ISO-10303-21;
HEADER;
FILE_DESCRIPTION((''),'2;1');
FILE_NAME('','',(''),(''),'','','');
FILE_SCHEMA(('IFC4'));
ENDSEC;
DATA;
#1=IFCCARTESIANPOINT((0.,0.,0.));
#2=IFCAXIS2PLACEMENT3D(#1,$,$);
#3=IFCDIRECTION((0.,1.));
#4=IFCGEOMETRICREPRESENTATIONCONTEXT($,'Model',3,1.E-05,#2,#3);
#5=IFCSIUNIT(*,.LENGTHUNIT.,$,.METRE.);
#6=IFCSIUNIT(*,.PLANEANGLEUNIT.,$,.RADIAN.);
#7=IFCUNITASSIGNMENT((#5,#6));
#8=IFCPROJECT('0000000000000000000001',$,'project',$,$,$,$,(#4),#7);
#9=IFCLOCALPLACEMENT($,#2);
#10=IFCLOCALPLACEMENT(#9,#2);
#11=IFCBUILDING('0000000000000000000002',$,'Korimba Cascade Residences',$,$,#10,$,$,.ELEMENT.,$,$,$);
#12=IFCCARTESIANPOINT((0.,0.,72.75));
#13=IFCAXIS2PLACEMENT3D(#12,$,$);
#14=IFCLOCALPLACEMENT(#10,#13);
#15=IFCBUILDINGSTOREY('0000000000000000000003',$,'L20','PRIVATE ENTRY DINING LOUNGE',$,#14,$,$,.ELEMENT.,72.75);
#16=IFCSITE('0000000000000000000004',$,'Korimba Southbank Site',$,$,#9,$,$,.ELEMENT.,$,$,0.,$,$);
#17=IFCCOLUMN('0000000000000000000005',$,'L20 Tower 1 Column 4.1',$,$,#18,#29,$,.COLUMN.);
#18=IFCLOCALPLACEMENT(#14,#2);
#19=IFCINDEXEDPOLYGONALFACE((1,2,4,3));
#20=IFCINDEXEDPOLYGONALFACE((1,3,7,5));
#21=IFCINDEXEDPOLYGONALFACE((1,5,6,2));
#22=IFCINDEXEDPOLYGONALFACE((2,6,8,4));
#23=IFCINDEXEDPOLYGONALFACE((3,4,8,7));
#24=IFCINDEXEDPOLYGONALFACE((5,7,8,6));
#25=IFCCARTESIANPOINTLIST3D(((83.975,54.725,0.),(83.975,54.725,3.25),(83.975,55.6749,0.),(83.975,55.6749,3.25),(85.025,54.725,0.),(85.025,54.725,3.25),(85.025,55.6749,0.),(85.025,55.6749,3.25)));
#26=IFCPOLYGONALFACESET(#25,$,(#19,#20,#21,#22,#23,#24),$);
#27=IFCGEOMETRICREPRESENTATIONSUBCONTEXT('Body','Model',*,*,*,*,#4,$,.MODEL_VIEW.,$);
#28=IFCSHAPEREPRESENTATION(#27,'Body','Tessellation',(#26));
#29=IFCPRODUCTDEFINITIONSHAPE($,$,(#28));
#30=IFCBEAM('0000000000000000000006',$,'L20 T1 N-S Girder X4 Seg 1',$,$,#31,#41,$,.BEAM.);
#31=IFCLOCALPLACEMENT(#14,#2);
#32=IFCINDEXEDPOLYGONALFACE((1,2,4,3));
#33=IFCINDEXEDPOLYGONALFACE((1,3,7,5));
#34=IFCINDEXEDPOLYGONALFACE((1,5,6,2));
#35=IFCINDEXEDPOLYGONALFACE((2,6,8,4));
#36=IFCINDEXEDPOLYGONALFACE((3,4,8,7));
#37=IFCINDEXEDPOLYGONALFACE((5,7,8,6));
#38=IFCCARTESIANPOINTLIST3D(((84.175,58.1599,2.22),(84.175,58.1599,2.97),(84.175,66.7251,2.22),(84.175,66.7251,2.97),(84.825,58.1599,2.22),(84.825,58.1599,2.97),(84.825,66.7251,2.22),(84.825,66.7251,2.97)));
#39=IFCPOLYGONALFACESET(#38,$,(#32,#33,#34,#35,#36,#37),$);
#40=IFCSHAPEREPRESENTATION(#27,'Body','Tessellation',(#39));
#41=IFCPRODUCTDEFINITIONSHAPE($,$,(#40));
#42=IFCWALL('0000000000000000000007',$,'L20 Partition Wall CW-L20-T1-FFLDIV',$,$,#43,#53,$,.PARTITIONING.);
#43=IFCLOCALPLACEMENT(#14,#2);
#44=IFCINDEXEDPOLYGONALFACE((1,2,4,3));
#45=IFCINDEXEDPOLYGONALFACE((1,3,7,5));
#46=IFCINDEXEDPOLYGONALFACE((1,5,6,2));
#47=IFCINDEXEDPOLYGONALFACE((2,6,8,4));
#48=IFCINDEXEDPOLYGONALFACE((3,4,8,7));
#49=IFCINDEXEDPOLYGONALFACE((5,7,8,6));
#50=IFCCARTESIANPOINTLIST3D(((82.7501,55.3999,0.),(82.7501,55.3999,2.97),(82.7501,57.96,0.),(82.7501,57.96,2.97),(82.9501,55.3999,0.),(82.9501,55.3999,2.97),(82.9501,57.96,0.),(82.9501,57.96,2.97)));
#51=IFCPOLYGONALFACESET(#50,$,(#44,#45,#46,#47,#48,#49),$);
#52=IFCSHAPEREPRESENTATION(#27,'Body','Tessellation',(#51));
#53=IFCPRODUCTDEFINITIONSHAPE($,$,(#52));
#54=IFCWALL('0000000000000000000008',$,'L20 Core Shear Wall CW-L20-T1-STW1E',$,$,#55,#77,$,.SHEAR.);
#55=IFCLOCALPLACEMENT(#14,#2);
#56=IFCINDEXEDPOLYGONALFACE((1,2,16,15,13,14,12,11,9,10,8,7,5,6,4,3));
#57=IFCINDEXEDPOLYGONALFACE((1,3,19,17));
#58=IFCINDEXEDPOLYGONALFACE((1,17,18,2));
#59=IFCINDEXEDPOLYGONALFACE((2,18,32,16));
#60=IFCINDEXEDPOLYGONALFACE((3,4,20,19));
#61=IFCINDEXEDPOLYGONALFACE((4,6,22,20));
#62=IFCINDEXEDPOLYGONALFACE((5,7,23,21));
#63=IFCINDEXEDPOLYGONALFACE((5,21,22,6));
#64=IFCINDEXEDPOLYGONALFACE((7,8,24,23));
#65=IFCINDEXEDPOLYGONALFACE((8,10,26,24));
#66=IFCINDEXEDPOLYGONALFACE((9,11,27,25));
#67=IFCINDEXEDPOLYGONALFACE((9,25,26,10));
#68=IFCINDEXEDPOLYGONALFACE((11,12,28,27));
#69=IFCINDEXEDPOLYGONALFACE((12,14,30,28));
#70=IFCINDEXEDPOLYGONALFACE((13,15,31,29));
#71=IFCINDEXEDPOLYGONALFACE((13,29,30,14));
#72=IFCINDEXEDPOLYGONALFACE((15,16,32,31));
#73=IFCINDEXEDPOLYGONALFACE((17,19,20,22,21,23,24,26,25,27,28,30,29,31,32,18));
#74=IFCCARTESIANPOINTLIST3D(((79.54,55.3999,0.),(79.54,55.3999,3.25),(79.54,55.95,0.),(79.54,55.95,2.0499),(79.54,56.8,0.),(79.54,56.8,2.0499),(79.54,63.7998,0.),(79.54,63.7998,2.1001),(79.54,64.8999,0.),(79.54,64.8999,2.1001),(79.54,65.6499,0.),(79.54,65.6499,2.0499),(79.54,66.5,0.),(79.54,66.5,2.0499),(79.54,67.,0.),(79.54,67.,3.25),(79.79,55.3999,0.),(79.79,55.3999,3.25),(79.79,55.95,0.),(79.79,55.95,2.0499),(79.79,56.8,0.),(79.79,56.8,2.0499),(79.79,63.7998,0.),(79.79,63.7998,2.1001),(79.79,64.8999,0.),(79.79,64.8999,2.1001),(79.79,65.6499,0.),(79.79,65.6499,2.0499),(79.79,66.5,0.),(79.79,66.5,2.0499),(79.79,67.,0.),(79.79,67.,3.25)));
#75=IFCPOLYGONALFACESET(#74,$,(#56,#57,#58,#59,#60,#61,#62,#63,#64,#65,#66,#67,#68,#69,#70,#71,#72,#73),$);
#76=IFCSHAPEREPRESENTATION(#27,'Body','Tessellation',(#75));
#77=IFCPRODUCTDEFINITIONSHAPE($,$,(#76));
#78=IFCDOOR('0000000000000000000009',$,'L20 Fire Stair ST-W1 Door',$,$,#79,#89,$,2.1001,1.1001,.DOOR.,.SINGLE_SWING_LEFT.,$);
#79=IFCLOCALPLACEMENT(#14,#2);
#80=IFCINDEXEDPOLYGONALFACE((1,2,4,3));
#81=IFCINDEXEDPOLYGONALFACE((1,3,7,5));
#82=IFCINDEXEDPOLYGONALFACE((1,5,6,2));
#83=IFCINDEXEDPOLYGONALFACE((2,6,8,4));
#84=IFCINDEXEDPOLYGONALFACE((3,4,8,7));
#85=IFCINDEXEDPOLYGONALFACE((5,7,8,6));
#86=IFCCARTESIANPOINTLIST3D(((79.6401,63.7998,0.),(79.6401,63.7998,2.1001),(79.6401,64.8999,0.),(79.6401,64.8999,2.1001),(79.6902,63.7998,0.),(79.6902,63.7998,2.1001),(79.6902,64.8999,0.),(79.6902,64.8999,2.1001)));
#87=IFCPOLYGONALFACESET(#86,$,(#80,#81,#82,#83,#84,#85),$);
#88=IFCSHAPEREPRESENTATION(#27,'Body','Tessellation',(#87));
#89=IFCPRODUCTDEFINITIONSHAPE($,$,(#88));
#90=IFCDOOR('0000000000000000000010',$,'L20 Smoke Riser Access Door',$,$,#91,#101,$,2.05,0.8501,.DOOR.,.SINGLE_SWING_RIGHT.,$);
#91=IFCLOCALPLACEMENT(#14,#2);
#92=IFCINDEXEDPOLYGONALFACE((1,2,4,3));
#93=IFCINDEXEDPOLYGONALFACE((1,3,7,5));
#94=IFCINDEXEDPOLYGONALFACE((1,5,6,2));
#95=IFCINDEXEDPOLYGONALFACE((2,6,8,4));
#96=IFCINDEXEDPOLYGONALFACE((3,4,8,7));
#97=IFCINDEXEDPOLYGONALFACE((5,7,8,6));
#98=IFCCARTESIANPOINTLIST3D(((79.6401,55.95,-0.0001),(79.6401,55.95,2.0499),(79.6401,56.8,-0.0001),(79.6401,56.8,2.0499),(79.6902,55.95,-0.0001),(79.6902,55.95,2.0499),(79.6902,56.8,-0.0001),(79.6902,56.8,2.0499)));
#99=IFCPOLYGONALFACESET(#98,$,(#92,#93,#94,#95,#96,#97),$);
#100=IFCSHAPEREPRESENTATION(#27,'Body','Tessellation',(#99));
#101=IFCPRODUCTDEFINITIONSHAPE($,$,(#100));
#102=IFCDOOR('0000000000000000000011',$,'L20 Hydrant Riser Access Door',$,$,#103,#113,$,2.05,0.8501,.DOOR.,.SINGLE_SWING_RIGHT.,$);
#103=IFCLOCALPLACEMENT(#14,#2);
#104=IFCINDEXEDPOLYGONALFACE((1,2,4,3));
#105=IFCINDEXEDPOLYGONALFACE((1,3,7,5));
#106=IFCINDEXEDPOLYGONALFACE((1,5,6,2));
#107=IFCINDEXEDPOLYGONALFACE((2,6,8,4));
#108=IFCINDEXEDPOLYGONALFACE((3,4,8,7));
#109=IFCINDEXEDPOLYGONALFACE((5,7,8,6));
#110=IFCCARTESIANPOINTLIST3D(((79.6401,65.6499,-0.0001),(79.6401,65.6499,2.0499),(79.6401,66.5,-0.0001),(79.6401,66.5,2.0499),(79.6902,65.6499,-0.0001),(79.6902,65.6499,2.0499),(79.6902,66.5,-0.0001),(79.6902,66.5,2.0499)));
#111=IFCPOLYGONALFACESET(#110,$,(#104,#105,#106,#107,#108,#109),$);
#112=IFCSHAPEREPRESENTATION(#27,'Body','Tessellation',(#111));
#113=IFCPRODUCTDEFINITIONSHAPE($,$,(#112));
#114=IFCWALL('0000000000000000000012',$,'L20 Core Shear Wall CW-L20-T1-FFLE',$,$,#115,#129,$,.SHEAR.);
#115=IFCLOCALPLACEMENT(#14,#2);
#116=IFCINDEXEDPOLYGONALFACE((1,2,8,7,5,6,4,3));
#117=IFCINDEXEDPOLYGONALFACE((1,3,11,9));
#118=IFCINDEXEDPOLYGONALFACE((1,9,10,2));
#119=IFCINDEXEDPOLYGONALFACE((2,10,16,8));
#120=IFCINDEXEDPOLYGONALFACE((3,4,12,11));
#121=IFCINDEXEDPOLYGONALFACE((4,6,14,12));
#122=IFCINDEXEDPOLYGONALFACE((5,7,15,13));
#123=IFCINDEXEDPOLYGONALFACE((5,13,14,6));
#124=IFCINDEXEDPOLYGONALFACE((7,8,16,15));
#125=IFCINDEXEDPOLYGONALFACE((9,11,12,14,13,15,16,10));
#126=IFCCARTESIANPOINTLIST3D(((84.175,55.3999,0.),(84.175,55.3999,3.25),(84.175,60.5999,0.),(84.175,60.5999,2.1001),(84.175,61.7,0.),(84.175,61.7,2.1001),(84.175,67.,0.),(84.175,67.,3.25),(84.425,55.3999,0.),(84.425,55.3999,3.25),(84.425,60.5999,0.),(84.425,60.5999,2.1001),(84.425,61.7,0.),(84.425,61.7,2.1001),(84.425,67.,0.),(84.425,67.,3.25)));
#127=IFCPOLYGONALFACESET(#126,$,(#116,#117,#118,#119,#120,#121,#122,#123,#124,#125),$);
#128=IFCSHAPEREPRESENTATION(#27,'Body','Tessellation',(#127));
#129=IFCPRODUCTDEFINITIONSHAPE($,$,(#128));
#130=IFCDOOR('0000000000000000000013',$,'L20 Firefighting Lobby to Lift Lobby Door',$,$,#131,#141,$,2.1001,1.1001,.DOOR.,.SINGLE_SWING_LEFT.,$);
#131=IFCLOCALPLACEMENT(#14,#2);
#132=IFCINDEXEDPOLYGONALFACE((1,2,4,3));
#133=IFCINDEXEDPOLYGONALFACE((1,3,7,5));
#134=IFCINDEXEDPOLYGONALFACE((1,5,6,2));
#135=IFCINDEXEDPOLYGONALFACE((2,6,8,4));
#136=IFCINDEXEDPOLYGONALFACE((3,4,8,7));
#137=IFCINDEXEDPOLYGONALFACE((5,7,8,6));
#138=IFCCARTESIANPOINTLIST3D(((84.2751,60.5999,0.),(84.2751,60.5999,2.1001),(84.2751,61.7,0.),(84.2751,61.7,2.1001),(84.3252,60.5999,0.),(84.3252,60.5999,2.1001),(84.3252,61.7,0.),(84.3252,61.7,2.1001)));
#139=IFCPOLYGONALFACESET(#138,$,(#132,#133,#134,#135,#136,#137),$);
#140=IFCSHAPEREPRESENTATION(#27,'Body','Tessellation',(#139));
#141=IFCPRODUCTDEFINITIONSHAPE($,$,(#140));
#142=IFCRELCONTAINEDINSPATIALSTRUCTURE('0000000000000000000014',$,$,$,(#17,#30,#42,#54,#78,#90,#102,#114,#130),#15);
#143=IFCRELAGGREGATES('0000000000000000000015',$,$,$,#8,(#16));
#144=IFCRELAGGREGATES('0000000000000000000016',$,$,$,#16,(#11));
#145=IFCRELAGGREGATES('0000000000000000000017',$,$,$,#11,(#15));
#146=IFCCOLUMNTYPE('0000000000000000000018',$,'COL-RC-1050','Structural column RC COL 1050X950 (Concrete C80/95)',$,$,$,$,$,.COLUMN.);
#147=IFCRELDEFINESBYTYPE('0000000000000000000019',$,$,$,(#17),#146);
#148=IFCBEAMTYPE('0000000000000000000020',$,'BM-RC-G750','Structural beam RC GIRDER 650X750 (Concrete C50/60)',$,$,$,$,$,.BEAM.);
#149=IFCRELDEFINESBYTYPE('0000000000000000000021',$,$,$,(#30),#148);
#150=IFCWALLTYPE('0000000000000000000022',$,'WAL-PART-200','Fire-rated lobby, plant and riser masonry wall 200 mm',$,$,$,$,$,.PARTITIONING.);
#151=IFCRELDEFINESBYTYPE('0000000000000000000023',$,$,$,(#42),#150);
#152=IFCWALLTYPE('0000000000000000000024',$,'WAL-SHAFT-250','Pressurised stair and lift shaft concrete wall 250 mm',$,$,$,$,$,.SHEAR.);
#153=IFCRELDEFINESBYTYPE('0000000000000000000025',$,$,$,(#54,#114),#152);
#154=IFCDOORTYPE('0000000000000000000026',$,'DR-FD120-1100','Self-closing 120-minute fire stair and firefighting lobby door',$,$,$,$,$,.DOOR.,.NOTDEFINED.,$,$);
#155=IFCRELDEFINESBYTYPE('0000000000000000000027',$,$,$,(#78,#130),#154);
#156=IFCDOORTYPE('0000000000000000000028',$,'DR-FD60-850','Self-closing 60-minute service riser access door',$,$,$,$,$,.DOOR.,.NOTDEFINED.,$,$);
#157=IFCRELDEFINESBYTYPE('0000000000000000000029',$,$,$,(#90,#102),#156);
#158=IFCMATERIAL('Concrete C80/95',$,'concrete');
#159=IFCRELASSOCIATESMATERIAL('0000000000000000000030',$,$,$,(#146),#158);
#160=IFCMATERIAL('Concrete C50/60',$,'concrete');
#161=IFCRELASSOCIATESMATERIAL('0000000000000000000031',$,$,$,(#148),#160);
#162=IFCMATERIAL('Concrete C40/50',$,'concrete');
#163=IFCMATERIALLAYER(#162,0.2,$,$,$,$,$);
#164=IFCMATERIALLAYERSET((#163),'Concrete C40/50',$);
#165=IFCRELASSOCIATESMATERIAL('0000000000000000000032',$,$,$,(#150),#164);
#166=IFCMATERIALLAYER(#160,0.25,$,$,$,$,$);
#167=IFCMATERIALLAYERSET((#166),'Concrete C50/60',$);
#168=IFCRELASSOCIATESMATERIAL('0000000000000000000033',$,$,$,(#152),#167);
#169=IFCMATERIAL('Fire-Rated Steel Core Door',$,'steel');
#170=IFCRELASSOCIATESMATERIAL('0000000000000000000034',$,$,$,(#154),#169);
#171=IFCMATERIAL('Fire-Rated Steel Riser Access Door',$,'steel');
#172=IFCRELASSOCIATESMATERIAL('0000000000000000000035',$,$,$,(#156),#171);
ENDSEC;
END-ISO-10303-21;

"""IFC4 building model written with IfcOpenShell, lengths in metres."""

from ifc_helpers import new_model, si_unit, direction, frame, frame_2d, origin, origin_2d, place, context, subcontext, project, spatial, rectangle, extrude, material, layer, layer_set, material_profile, profile_set, type_object, element, fill, save


model = new_model("IFC4")

# Units and contexts
model_context = context("Model", 3, precision=1e-05, world=origin(), true_north=direction((0.0, 1.0)))
body_context = subcontext(model_context, "Body", "Model", "MODEL_VIEW")
ifc_project = project(units=[si_unit("LENGTHUNIT", "METRE"), si_unit("PLANEANGLEUNIT", "RADIAN")], contexts=[model_context])

# Site, building, storey
site_placement = place(None, origin())
site = spatial("IfcSite", under=ifc_project, at=site_placement, Name="Korimba Southbank Site", CompositionType="ELEMENT", RefElevation=0.0)
building_placement = place(site_placement, origin())
building = spatial("IfcBuilding", under=site, at=building_placement, Name="Korimba Cascade Residences", CompositionType="ELEMENT")
storey_placement = place(building_placement, frame((0.0, 0.0, 72.75)))
storey = spatial("IfcBuildingStorey", under=building, at=storey_placement, Name="L20", Description="PRIVATE ENTRY DINING LOUNGE", CompositionType="ELEMENT", Elevation=72.75)

# Column
ifc_material_1 = material(Name="Concrete C80/95", Category="concrete")
ifc_material_profile_1 = material_profile(ifc_material_1, rectangle(XDim=1.05, YDim=0.95, at=origin_2d()), Name="Concrete C80/95")
ifc_profile_set_1 = profile_set([ifc_material_profile_1], Name="Concrete C80/95")
column_type = type_object("IfcColumnType", Name="COL-RC-1050", Description="Structural column RC COL 1050X950 (Concrete C80/95)", PredefinedType="COLUMN", material=ifc_profile_set_1)
column_placement = place(storey_placement, frame((84.5, 55.2, 0.0), z_axis=(0.0, 0.0, 1.0), x_axis=(1.0, 0.0, 0.0)))
element("IfcColumn", 1, at=column_placement, inside=storey, type_object=column_type, Name="L20 Tower 1 Column 4.1", PredefinedType="COLUMN", context=body_context, shape_type="SweptSolid", body=[
    extrude(rectangle(XDim=1.05, YDim=0.95, at=origin_2d()), origin(), (0.0, 0.0, 1.0), 3.25),
])

# Beam
ifc_material_2 = material(Name="Concrete C50/60", Category="concrete")
ifc_material_profile_2 = material_profile(ifc_material_2, rectangle(XDim=0.6499, YDim=0.75, at=origin_2d()), Name="Concrete C50/60")
ifc_profile_set_2 = profile_set([ifc_material_profile_2], Name="Concrete C50/60")
beam_type = type_object("IfcBeamType", Name="BM-RC-G750", Description="Structural beam RC GIRDER 650X750 (Concrete C50/60)", PredefinedType="BEAM", material=ifc_profile_set_2)
beam_placement = place(storey_placement, frame((84.5, 58.1599, 2.595), z_axis=(0.0, 1.0, 0.0), x_axis=(-1.0, 0.0, 0.0)))
element("IfcBeam", 2, at=beam_placement, inside=storey, type_object=beam_type, Name="L20 T1 N-S Girder X4 Seg 1", PredefinedType="BEAM", context=body_context, shape_type="SweptSolid", body=[
    extrude(rectangle(XDim=0.6499, YDim=0.75, at=origin_2d()), origin(), (0.0, 0.0, 1.0), 8.5652),
])

# Wall
ifc_material_3 = material(Name="Concrete C40/50", Category="concrete")
ifc_layer_1 = layer(ifc_material_3, 0.2)
ifc_layer_set_1 = layer_set([ifc_layer_1], Name="Concrete C40/50")
wall_type_1 = type_object("IfcWallType", Name="WAL-PART-200", Description="Fire-rated lobby, plant and riser masonry wall 200 mm", PredefinedType="PARTITIONING", material=ifc_layer_set_1)
wall_1_placement = place(storey_placement, frame((82.8501, 55.3999, 0.0), z_axis=(0.0, 0.0, 1.0), x_axis=(0.0, 1.0, 0.0)))
element("IfcWall", 3, at=wall_1_placement, inside=storey, type_object=wall_type_1, Name="L20 Partition Wall CW-L20-T1-FFLDIV", PredefinedType="PARTITIONING", context=body_context, shape_type="SweptSolid", body=[
    extrude(rectangle(XDim=2.5601, YDim=0.2, at=frame_2d((1.28, 0.0))), origin(), (0.0, 0.0, 1.0), 2.97),
])

# Wall, openings, doors
ifc_layer_2 = layer(ifc_material_2, 0.25)
ifc_layer_set_2 = layer_set([ifc_layer_2], Name="Concrete C50/60")
wall_type_2 = type_object("IfcWallType", Name="WAL-SHAFT-250", Description="Pressurised stair and lift shaft concrete wall 250 mm", PredefinedType="SHEAR", material=ifc_layer_set_2)
wall_2_placement = place(storey_placement, frame((79.665, 55.3999, 0.0), z_axis=(0.0, 0.0, 1.0), x_axis=(0.0, 1.0, 0.0)))
wall_2 = element("IfcWall", 4, at=wall_2_placement, inside=storey, type_object=wall_type_2, Name="L20 Core Shear Wall CW-L20-T1-STW1E", PredefinedType="SHEAR", context=body_context, shape_type="SweptSolid", body=[
    extrude(rectangle(XDim=11.6001, YDim=0.25, at=frame_2d((5.8, 0.0))), origin(), (0.0, 0.0, 1.0), 3.25),
])
opening_1_placement = place(wall_2_placement, frame((0.55, 0.0, 0.0)))
opening_1 = element("IfcOpeningElement", 5, at=opening_1_placement, cuts=wall_2, PredefinedType="OPENING", context=body_context, shape_type="SweptSolid", body=[
    extrude(rectangle(XDim=0.8501, YDim=2.05, at=frame_2d((0.425, 1.0249))), frame((0.0, 0.135, 0.0), z_axis=(0.0, -1.0, 0.0), x_axis=(1.0, 0.0, 0.0)), (0.0, 0.0, 1.0), 0.27),
])
opening_2_placement = place(wall_2_placement, frame((8.3999, 0.0, 0.0)))
opening_2 = element("IfcOpeningElement", 6, at=opening_2_placement, cuts=wall_2, PredefinedType="OPENING", context=body_context, shape_type="SweptSolid", body=[
    extrude(rectangle(XDim=1.1001, YDim=2.1001, at=frame_2d((0.55, 1.05))), frame((0.0, 0.135, 0.0), z_axis=(0.0, -1.0, 0.0), x_axis=(1.0, 0.0, 0.0)), (0.0, 0.0, 1.0), 0.27),
])
opening_3_placement = place(wall_2_placement, frame((10.25, 0.0, 0.0)))
opening_3 = element("IfcOpeningElement", 7, at=opening_3_placement, cuts=wall_2, PredefinedType="OPENING", context=body_context, shape_type="SweptSolid", body=[
    extrude(rectangle(XDim=0.8501, YDim=2.05, at=frame_2d((0.425, 1.0249))), frame((0.0, 0.135, 0.0), z_axis=(0.0, -1.0, 0.0), x_axis=(1.0, 0.0, 0.0)), (0.0, 0.0, 1.0), 0.27),
])
ifc_material_4 = material(Name="Fire-Rated Steel Core Door", Category="steel")
door_type_1 = type_object("IfcDoorType", Name="DR-FD120-1100", Description="Self-closing 120-minute fire stair and firefighting lobby door", OperationType="NOTDEFINED", PredefinedType="DOOR", material=ifc_material_4)
door_1_placement = place(opening_2_placement, origin())
door_1 = element("IfcDoor", 8, at=door_1_placement, inside=storey, type_object=door_type_1, Name="L20 Fire Stair ST-W1 Door", OperationType="SINGLE_SWING_LEFT", OverallHeight=2.1001, OverallWidth=1.1001, PredefinedType="DOOR", context=body_context, shape_type="SweptSolid", body=[
    extrude(rectangle(XDim=1.1001, YDim=2.1001, at=frame_2d((0.55, 1.05))), frame((0.0, 0.0249, 0.0), z_axis=(0.0, -1.0, 0.0), x_axis=(1.0, 0.0, 0.0)), (0.0, 0.0, 1.0), 0.05),
])
fill(opening_2, door_1)
ifc_material_5 = material(Name="Fire-Rated Steel Riser Access Door", Category="steel")
door_type_2 = type_object("IfcDoorType", Name="DR-FD60-850", Description="Self-closing 60-minute service riser access door", OperationType="NOTDEFINED", PredefinedType="DOOR", material=ifc_material_5)
door_2_placement = place(opening_1_placement, origin())
door_2 = element("IfcDoor", 9, at=door_2_placement, inside=storey, type_object=door_type_2, Name="L20 Smoke Riser Access Door", OperationType="SINGLE_SWING_RIGHT", OverallHeight=2.05, OverallWidth=0.8501, PredefinedType="DOOR", context=body_context, shape_type="SweptSolid", body=[
    extrude(rectangle(XDim=0.8501, YDim=2.05, at=frame_2d((0.425, 1.0249))), frame((0.0, 0.0249, 0.0), z_axis=(0.0, -1.0, 0.0), x_axis=(1.0, 0.0, 0.0)), (0.0, 0.0, 1.0), 0.05),
])
fill(opening_1, door_2)
door_3_placement = place(opening_3_placement, origin())
door_3 = element("IfcDoor", 10, at=door_3_placement, inside=storey, type_object=door_type_2, Name="L20 Hydrant Riser Access Door", OperationType="SINGLE_SWING_RIGHT", OverallHeight=2.05, OverallWidth=0.8501, PredefinedType="DOOR", context=body_context, shape_type="SweptSolid", body=[
    extrude(rectangle(XDim=0.8501, YDim=2.05, at=frame_2d((0.425, 1.0249))), frame((0.0, 0.0249, 0.0), z_axis=(0.0, -1.0, 0.0), x_axis=(1.0, 0.0, 0.0)), (0.0, 0.0, 1.0), 0.05),
])
fill(opening_3, door_3)

# Wall, opening, door
wall_3_placement = place(storey_placement, frame((84.3, 55.3999, 0.0), z_axis=(0.0, 0.0, 1.0), x_axis=(0.0, 1.0, 0.0)))
wall_3 = element("IfcWall", 11, at=wall_3_placement, inside=storey, type_object=wall_type_2, Name="L20 Core Shear Wall CW-L20-T1-FFLE", PredefinedType="SHEAR", context=body_context, shape_type="SweptSolid", body=[
    extrude(rectangle(XDim=11.6001, YDim=0.25, at=frame_2d((5.8, 0.0))), origin(), (0.0, 0.0, 1.0), 3.25),
])
opening_4_placement = place(wall_3_placement, frame((5.2, 0.0, 0.0)))
opening_4 = element("IfcOpeningElement", 12, at=opening_4_placement, cuts=wall_3, PredefinedType="OPENING", context=body_context, shape_type="SweptSolid", body=[
    extrude(rectangle(XDim=1.1001, YDim=2.1001, at=frame_2d((0.55, 1.05))), frame((0.0, 0.135, 0.0), z_axis=(0.0, -1.0, 0.0), x_axis=(1.0, 0.0, 0.0)), (0.0, 0.0, 1.0), 0.27),
])
door_4_placement = place(opening_4_placement, origin())
door_4 = element("IfcDoor", 13, at=door_4_placement, inside=storey, type_object=door_type_1, Name="L20 Firefighting Lobby to Lift Lobby Door", OperationType="SINGLE_SWING_LEFT", OverallHeight=2.1001, OverallWidth=1.1001, PredefinedType="DOOR", context=body_context, shape_type="SweptSolid", body=[
    extrude(rectangle(XDim=1.1001, YDim=2.1001, at=frame_2d((0.55, 1.05))), frame((0.0, 0.0249, 0.0), z_axis=(0.0, -1.0, 0.0), x_axis=(1.0, 0.0, 0.0)), (0.0, 0.0, 1.0), 0.05),
])
fill(opening_4, door_4)

save(model, "model.ifc")
